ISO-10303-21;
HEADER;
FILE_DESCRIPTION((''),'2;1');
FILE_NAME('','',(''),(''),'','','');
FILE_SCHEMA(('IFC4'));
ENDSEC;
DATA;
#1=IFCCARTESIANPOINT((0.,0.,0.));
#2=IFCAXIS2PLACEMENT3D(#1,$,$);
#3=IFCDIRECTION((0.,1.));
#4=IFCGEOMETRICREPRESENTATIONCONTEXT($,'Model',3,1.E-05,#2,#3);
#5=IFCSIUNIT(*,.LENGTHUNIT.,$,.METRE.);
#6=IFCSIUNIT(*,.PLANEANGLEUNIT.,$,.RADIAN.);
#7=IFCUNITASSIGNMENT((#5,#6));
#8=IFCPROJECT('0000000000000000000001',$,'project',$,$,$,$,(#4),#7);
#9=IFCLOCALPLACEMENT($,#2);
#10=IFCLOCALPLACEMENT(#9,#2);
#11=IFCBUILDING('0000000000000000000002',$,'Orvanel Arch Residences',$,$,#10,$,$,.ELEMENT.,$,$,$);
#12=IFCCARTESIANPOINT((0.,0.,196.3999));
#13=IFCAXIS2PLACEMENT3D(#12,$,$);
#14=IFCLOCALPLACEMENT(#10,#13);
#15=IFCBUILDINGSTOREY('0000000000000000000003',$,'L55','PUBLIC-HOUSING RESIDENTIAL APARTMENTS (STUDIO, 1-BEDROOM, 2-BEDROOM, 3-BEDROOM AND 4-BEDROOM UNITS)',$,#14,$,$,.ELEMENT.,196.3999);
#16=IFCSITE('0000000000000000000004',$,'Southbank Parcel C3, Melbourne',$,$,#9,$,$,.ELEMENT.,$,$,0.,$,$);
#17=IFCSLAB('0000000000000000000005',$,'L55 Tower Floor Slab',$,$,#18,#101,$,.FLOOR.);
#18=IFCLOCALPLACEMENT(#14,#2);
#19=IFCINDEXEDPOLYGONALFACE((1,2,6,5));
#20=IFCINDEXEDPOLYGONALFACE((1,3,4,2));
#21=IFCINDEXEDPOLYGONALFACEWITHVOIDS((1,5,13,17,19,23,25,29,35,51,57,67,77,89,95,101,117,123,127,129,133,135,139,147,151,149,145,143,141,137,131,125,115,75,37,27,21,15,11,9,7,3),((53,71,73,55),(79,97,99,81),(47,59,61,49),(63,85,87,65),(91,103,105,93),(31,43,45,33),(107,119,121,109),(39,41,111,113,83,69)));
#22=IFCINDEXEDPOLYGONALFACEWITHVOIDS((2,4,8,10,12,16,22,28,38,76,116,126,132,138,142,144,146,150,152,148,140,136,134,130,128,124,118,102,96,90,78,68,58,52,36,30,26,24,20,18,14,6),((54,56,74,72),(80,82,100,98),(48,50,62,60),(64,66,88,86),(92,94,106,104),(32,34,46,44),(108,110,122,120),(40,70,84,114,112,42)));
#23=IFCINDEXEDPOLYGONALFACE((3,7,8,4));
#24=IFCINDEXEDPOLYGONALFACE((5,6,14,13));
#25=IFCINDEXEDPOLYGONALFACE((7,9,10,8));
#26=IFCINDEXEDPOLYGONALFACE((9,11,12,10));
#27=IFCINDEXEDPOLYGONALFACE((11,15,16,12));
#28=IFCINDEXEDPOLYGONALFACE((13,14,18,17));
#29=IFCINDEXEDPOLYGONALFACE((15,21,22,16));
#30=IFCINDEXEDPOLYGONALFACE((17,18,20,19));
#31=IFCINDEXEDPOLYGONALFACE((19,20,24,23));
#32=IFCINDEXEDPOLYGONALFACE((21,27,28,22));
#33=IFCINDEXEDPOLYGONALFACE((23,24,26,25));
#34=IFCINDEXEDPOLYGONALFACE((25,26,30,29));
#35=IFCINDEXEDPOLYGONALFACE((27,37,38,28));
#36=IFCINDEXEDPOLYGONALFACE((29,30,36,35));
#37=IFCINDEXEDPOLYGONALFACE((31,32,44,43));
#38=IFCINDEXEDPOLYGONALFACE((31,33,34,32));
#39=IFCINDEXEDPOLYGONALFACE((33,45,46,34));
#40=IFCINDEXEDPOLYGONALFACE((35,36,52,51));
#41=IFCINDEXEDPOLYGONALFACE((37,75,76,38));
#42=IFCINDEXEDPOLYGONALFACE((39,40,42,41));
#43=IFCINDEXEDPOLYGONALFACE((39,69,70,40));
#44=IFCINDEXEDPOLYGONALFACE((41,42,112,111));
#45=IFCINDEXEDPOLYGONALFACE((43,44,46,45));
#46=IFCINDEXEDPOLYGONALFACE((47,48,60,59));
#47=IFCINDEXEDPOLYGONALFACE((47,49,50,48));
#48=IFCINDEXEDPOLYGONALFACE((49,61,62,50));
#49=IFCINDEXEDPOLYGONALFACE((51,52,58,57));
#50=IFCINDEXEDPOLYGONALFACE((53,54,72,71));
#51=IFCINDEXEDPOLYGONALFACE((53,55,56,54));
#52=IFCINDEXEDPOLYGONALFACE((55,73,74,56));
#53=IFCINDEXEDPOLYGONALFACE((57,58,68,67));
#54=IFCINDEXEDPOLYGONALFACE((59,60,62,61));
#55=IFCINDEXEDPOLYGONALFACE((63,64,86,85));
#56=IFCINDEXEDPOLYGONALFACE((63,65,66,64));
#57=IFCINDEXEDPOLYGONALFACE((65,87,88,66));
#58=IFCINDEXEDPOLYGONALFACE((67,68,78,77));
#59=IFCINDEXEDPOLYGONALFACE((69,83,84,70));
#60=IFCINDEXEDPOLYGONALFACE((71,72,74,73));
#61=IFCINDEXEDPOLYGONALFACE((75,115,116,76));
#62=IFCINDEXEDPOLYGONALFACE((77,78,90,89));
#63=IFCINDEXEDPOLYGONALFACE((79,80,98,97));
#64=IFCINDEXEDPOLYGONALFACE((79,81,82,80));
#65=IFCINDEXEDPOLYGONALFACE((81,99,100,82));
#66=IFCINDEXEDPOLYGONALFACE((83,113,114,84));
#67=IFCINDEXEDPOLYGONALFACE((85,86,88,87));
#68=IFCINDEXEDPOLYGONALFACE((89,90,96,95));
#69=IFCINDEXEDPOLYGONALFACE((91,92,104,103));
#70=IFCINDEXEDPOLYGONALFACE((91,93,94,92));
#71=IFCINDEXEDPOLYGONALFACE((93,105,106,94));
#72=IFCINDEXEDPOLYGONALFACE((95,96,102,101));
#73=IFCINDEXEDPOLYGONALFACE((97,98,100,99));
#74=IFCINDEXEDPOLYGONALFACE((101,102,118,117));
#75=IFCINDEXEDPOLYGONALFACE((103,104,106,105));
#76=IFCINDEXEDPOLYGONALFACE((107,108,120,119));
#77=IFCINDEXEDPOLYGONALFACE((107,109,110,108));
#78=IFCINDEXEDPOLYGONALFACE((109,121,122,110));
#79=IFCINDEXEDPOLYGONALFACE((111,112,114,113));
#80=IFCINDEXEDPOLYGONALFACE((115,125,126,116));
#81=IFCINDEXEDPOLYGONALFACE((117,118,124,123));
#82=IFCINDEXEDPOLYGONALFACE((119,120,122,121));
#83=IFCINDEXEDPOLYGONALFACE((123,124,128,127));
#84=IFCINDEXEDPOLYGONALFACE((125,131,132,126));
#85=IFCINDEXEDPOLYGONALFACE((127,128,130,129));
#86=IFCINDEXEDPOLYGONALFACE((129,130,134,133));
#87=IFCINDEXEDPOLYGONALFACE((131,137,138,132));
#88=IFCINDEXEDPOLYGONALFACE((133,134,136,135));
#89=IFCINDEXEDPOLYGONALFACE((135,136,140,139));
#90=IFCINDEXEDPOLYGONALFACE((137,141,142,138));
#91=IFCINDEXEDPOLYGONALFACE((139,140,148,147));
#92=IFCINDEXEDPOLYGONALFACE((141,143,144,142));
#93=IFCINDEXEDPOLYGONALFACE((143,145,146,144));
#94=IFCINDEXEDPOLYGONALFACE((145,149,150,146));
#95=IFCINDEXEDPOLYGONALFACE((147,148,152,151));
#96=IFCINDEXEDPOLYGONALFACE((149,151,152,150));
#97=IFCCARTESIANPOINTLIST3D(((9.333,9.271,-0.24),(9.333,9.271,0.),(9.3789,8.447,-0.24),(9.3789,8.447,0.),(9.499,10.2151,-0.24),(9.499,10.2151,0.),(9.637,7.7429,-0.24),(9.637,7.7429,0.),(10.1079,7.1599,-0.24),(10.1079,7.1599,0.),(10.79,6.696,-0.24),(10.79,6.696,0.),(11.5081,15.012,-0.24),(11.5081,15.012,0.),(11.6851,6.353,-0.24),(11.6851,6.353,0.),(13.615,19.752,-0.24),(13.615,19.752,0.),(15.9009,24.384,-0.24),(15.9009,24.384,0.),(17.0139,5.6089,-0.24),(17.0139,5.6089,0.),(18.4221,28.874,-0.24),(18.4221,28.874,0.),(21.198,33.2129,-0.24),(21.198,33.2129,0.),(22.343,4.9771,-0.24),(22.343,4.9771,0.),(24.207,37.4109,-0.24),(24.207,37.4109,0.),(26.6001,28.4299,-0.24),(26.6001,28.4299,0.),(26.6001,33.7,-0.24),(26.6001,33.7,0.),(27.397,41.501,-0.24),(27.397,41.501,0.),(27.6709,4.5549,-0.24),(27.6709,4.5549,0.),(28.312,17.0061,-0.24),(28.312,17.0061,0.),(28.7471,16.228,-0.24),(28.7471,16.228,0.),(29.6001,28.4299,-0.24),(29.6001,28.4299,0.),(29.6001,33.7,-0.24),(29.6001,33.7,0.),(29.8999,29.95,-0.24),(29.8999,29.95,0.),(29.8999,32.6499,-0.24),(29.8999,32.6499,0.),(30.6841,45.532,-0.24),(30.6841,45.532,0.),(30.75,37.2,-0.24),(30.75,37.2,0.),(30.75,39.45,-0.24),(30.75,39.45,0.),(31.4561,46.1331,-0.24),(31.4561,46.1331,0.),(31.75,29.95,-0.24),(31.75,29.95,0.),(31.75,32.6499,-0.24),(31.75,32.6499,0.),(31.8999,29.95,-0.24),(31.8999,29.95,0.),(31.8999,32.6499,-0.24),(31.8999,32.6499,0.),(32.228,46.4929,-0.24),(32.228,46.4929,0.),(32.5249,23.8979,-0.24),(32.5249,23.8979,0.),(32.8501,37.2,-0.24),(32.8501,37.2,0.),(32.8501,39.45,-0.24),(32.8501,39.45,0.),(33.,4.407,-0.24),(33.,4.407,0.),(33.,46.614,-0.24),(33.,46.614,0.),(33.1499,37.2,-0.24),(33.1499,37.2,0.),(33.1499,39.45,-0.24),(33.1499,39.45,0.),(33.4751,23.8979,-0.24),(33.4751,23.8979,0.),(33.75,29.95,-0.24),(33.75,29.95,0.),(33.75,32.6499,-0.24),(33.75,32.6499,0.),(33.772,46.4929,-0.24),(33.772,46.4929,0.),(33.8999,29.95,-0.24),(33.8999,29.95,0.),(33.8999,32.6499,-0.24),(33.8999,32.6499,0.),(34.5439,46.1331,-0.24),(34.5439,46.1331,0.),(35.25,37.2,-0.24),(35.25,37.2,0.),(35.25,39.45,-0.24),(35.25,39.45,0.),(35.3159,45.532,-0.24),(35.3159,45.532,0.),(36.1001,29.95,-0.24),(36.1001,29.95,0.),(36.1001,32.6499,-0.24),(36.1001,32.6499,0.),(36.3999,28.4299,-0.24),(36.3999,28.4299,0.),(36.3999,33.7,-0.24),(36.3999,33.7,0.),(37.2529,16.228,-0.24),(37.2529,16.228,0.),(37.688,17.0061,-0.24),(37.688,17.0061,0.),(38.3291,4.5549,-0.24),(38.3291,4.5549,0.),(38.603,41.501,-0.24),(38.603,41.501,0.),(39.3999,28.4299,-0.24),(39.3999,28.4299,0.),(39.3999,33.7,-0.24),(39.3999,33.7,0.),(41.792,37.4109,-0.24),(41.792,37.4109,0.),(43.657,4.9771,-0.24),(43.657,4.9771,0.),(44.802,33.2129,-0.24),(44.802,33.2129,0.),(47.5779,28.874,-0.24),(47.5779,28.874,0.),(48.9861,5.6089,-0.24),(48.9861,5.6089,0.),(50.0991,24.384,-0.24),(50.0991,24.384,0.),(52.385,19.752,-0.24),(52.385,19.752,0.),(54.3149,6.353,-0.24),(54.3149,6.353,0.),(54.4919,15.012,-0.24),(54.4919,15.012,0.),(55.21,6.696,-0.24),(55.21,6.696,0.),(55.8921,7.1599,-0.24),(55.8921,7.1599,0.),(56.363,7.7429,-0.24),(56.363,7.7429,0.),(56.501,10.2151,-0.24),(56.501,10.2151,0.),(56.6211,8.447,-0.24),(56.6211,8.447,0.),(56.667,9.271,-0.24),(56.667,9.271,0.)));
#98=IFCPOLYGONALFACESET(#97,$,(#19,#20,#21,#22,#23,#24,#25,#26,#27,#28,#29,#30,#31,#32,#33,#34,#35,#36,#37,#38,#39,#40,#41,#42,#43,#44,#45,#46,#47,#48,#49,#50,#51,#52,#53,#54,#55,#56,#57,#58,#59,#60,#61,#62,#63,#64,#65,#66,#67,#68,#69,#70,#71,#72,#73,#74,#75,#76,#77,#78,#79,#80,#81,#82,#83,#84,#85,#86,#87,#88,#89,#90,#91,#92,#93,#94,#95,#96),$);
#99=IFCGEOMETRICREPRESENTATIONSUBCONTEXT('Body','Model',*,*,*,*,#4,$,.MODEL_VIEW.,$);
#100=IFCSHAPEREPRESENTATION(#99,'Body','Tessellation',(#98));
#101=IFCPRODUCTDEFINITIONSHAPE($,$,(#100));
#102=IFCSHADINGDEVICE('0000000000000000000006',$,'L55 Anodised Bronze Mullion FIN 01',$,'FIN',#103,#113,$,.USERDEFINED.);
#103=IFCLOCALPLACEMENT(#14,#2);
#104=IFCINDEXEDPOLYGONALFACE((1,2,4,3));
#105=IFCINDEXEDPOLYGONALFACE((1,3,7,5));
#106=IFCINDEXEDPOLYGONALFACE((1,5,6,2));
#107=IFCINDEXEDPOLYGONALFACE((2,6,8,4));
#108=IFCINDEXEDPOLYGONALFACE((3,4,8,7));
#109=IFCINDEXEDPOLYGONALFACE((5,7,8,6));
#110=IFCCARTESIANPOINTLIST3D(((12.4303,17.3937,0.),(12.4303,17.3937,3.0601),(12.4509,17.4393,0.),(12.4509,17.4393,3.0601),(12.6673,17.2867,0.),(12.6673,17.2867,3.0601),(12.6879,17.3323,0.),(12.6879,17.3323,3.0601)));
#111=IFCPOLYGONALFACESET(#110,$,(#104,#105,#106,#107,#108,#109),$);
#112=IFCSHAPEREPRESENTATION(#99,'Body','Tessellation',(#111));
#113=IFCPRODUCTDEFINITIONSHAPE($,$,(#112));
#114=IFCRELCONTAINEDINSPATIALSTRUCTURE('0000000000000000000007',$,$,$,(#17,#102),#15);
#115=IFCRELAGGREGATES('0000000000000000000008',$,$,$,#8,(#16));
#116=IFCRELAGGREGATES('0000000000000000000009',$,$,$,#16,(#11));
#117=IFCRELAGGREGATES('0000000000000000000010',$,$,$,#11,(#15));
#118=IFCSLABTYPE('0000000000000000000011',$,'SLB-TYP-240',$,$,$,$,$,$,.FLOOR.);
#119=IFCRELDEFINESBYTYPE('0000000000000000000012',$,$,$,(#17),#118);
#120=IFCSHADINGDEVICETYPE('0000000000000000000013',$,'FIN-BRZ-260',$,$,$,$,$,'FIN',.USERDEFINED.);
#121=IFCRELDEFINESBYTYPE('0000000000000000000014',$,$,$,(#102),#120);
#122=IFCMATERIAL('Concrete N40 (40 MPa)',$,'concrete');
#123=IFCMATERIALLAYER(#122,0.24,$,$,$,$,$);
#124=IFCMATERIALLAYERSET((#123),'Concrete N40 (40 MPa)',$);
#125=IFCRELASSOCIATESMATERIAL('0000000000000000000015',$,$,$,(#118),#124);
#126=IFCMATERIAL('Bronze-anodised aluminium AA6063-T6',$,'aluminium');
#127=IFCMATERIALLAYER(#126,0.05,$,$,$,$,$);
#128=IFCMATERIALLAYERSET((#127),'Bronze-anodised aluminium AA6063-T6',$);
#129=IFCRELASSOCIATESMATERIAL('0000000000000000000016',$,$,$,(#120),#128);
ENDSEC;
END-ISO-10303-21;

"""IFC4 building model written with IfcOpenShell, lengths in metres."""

from ifc_helpers import new_model, si_unit, direction, frame, origin, origin_2d, place, context, subcontext, project, spatial, polyline, rectangle, outline, extrude, material, layer, layer_set, type_object, element, save


model = new_model("IFC4")

# Units and contexts
model_context = context("Model", 3, precision=1e-05, world=origin(), true_north=direction((0.0, 1.0)))
body_context = subcontext(model_context, "Body", "Model", "MODEL_VIEW")
ifc_project = project(units=[si_unit("LENGTHUNIT", "METRE"), si_unit("PLANEANGLEUNIT", "RADIAN")], contexts=[model_context])

# Site, building, storey
site_placement = place(None, origin())
site = spatial("IfcSite", under=ifc_project, at=site_placement, Name="Southbank Parcel C3, Melbourne", CompositionType="ELEMENT", RefElevation=0.0)
building_placement = place(site_placement, origin())
building = spatial("IfcBuilding", under=site, at=building_placement, Name="Orvanel Arch Residences", CompositionType="ELEMENT")
storey_placement = place(building_placement, frame((0.0, 0.0, 196.3999)))
storey = spatial("IfcBuildingStorey", under=building, at=storey_placement, Name="L55", Description="PUBLIC-HOUSING RESIDENTIAL APARTMENTS (STUDIO, 1-BEDROOM, 2-BEDROOM, 3-BEDROOM AND 4-BEDROOM UNITS)", CompositionType="ELEMENT", Elevation=196.3999)

# Shared definitions
ifc_material_1 = material(Name="Bronze-anodised aluminium AA6063-T6", Category="aluminium")

# Shared definitions
ifc_material_2 = material(Name="Concrete N40 (40 MPa)", Category="concrete")

# Slab
ifc_layer_1 = layer(ifc_material_2, 0.24)
ifc_layer_set_1 = layer_set([ifc_layer_1], Name="Concrete N40 (40 MPa)")
slab_type_1 = type_object("IfcSlabType", Name="SLB-TYP-240", PredefinedType="FLOOR", material=ifc_layer_set_1)
slab_1_placement = place(storey_placement, frame((0.0, 0.0, -0.24)))
element("IfcSlab", 1, at=slab_1_placement, inside=storey, type_object=slab_type_1, Name="L55 Tower Floor Slab", PredefinedType="FLOOR", context=body_context, shape_type="SweptSolid", body=[
    extrude(outline(polyline([(35.3159, 45.532), (34.5439, 46.1331), (33.772, 46.4929), (33.0, 46.614), (32.228, 46.4929), (31.4561, 46.1331), (30.6841, 45.532), (27.397, 41.501), (24.207, 37.4109), (21.198, 33.2129), (18.4221, 28.874), (15.9009, 24.384), (13.615, 19.752), (11.5081, 15.012), (9.499, 10.2151), (9.333, 9.271), (9.3789, 8.447), (9.637, 7.7429), (10.1079, 7.1599), (10.79, 6.696), (11.6851, 6.353), (17.0139, 5.6089), (22.343, 4.9771), (27.6709, 4.5549), (33.0, 4.407), (38.3291, 4.5549), (43.657, 4.9771), (48.9861, 5.6089), (54.3149, 6.353), (55.21, 6.696), (55.8921, 7.1599), (56.363, 7.7429), (56.6211, 8.447), (56.667, 9.271), (56.501, 10.2151), (54.4919, 15.012), (52.385, 19.752), (50.0991, 24.384), (47.5779, 28.874), (44.802, 33.2129), (41.792, 37.4109), (38.603, 41.501), (35.3159, 45.532)]), holes=[polyline([(26.6001, 28.4299), (26.6001, 33.7), (29.6001, 33.7), (29.6001, 28.4299), (26.6001, 28.4299)]), polyline([(36.3999, 28.4299), (36.3999, 33.7), (39.3999, 33.7), (39.3999, 28.4299), (36.3999, 28.4299)]), polyline([(29.8999, 32.6499), (31.75, 32.6499), (31.75, 29.95), (29.8999, 29.95), (29.8999, 32.6499)]), polyline([(31.8999, 32.6499), (33.75, 32.6499), (33.75, 29.95), (31.8999, 29.95), (31.8999, 32.6499)]), polyline([(33.8999, 32.6499), (36.1001, 32.6499), (36.1001, 29.95), (33.8999, 29.95), (33.8999, 32.6499)]), polyline([(30.75, 39.45), (32.8501, 39.45), (32.8501, 37.2), (30.75, 37.2), (30.75, 39.45)]), polyline([(33.1499, 39.45), (35.25, 39.45), (35.25, 37.2), (33.1499, 37.2), (33.1499, 39.45)]), polyline([(37.688, 17.0061), (37.2529, 16.228), (28.7471, 16.228), (28.312, 17.0061), (32.5249, 23.8979), (33.4751, 23.8979), (37.688, 17.0061)])]), origin(), (0.0, 0.0, 1.0), 0.24),
])

# Shading device
ifc_layer_2 = layer(ifc_material_1, 0.05)
ifc_layer_set_2 = layer_set([ifc_layer_2], Name="Bronze-anodised aluminium AA6063-T6")
shading_device_type = type_object("IfcShadingDeviceType", Name="FIN-BRZ-260", ElementType="FIN", PredefinedType="USERDEFINED", material=ifc_layer_set_2)
shading_device_placement = place(storey_placement, frame((12.5591, 17.363, 0.0), z_axis=(0.0, 0.0, 1.0), x_axis=(-0.911403, 0.411514, 0.0)))
element("IfcShadingDevice", 2, at=shading_device_placement, inside=storey, type_object=shading_device_type, Name="L55 Anodised Bronze Mullion FIN 01", ObjectType="FIN", PredefinedType="USERDEFINED", context=body_context, shape_type="SweptSolid", body=[
    extrude(rectangle(XDim=0.26, YDim=0.05, at=origin_2d()), origin(), (0.0, 0.0, 1.0), 3.0601),
])

save(model, "model.ifc")
